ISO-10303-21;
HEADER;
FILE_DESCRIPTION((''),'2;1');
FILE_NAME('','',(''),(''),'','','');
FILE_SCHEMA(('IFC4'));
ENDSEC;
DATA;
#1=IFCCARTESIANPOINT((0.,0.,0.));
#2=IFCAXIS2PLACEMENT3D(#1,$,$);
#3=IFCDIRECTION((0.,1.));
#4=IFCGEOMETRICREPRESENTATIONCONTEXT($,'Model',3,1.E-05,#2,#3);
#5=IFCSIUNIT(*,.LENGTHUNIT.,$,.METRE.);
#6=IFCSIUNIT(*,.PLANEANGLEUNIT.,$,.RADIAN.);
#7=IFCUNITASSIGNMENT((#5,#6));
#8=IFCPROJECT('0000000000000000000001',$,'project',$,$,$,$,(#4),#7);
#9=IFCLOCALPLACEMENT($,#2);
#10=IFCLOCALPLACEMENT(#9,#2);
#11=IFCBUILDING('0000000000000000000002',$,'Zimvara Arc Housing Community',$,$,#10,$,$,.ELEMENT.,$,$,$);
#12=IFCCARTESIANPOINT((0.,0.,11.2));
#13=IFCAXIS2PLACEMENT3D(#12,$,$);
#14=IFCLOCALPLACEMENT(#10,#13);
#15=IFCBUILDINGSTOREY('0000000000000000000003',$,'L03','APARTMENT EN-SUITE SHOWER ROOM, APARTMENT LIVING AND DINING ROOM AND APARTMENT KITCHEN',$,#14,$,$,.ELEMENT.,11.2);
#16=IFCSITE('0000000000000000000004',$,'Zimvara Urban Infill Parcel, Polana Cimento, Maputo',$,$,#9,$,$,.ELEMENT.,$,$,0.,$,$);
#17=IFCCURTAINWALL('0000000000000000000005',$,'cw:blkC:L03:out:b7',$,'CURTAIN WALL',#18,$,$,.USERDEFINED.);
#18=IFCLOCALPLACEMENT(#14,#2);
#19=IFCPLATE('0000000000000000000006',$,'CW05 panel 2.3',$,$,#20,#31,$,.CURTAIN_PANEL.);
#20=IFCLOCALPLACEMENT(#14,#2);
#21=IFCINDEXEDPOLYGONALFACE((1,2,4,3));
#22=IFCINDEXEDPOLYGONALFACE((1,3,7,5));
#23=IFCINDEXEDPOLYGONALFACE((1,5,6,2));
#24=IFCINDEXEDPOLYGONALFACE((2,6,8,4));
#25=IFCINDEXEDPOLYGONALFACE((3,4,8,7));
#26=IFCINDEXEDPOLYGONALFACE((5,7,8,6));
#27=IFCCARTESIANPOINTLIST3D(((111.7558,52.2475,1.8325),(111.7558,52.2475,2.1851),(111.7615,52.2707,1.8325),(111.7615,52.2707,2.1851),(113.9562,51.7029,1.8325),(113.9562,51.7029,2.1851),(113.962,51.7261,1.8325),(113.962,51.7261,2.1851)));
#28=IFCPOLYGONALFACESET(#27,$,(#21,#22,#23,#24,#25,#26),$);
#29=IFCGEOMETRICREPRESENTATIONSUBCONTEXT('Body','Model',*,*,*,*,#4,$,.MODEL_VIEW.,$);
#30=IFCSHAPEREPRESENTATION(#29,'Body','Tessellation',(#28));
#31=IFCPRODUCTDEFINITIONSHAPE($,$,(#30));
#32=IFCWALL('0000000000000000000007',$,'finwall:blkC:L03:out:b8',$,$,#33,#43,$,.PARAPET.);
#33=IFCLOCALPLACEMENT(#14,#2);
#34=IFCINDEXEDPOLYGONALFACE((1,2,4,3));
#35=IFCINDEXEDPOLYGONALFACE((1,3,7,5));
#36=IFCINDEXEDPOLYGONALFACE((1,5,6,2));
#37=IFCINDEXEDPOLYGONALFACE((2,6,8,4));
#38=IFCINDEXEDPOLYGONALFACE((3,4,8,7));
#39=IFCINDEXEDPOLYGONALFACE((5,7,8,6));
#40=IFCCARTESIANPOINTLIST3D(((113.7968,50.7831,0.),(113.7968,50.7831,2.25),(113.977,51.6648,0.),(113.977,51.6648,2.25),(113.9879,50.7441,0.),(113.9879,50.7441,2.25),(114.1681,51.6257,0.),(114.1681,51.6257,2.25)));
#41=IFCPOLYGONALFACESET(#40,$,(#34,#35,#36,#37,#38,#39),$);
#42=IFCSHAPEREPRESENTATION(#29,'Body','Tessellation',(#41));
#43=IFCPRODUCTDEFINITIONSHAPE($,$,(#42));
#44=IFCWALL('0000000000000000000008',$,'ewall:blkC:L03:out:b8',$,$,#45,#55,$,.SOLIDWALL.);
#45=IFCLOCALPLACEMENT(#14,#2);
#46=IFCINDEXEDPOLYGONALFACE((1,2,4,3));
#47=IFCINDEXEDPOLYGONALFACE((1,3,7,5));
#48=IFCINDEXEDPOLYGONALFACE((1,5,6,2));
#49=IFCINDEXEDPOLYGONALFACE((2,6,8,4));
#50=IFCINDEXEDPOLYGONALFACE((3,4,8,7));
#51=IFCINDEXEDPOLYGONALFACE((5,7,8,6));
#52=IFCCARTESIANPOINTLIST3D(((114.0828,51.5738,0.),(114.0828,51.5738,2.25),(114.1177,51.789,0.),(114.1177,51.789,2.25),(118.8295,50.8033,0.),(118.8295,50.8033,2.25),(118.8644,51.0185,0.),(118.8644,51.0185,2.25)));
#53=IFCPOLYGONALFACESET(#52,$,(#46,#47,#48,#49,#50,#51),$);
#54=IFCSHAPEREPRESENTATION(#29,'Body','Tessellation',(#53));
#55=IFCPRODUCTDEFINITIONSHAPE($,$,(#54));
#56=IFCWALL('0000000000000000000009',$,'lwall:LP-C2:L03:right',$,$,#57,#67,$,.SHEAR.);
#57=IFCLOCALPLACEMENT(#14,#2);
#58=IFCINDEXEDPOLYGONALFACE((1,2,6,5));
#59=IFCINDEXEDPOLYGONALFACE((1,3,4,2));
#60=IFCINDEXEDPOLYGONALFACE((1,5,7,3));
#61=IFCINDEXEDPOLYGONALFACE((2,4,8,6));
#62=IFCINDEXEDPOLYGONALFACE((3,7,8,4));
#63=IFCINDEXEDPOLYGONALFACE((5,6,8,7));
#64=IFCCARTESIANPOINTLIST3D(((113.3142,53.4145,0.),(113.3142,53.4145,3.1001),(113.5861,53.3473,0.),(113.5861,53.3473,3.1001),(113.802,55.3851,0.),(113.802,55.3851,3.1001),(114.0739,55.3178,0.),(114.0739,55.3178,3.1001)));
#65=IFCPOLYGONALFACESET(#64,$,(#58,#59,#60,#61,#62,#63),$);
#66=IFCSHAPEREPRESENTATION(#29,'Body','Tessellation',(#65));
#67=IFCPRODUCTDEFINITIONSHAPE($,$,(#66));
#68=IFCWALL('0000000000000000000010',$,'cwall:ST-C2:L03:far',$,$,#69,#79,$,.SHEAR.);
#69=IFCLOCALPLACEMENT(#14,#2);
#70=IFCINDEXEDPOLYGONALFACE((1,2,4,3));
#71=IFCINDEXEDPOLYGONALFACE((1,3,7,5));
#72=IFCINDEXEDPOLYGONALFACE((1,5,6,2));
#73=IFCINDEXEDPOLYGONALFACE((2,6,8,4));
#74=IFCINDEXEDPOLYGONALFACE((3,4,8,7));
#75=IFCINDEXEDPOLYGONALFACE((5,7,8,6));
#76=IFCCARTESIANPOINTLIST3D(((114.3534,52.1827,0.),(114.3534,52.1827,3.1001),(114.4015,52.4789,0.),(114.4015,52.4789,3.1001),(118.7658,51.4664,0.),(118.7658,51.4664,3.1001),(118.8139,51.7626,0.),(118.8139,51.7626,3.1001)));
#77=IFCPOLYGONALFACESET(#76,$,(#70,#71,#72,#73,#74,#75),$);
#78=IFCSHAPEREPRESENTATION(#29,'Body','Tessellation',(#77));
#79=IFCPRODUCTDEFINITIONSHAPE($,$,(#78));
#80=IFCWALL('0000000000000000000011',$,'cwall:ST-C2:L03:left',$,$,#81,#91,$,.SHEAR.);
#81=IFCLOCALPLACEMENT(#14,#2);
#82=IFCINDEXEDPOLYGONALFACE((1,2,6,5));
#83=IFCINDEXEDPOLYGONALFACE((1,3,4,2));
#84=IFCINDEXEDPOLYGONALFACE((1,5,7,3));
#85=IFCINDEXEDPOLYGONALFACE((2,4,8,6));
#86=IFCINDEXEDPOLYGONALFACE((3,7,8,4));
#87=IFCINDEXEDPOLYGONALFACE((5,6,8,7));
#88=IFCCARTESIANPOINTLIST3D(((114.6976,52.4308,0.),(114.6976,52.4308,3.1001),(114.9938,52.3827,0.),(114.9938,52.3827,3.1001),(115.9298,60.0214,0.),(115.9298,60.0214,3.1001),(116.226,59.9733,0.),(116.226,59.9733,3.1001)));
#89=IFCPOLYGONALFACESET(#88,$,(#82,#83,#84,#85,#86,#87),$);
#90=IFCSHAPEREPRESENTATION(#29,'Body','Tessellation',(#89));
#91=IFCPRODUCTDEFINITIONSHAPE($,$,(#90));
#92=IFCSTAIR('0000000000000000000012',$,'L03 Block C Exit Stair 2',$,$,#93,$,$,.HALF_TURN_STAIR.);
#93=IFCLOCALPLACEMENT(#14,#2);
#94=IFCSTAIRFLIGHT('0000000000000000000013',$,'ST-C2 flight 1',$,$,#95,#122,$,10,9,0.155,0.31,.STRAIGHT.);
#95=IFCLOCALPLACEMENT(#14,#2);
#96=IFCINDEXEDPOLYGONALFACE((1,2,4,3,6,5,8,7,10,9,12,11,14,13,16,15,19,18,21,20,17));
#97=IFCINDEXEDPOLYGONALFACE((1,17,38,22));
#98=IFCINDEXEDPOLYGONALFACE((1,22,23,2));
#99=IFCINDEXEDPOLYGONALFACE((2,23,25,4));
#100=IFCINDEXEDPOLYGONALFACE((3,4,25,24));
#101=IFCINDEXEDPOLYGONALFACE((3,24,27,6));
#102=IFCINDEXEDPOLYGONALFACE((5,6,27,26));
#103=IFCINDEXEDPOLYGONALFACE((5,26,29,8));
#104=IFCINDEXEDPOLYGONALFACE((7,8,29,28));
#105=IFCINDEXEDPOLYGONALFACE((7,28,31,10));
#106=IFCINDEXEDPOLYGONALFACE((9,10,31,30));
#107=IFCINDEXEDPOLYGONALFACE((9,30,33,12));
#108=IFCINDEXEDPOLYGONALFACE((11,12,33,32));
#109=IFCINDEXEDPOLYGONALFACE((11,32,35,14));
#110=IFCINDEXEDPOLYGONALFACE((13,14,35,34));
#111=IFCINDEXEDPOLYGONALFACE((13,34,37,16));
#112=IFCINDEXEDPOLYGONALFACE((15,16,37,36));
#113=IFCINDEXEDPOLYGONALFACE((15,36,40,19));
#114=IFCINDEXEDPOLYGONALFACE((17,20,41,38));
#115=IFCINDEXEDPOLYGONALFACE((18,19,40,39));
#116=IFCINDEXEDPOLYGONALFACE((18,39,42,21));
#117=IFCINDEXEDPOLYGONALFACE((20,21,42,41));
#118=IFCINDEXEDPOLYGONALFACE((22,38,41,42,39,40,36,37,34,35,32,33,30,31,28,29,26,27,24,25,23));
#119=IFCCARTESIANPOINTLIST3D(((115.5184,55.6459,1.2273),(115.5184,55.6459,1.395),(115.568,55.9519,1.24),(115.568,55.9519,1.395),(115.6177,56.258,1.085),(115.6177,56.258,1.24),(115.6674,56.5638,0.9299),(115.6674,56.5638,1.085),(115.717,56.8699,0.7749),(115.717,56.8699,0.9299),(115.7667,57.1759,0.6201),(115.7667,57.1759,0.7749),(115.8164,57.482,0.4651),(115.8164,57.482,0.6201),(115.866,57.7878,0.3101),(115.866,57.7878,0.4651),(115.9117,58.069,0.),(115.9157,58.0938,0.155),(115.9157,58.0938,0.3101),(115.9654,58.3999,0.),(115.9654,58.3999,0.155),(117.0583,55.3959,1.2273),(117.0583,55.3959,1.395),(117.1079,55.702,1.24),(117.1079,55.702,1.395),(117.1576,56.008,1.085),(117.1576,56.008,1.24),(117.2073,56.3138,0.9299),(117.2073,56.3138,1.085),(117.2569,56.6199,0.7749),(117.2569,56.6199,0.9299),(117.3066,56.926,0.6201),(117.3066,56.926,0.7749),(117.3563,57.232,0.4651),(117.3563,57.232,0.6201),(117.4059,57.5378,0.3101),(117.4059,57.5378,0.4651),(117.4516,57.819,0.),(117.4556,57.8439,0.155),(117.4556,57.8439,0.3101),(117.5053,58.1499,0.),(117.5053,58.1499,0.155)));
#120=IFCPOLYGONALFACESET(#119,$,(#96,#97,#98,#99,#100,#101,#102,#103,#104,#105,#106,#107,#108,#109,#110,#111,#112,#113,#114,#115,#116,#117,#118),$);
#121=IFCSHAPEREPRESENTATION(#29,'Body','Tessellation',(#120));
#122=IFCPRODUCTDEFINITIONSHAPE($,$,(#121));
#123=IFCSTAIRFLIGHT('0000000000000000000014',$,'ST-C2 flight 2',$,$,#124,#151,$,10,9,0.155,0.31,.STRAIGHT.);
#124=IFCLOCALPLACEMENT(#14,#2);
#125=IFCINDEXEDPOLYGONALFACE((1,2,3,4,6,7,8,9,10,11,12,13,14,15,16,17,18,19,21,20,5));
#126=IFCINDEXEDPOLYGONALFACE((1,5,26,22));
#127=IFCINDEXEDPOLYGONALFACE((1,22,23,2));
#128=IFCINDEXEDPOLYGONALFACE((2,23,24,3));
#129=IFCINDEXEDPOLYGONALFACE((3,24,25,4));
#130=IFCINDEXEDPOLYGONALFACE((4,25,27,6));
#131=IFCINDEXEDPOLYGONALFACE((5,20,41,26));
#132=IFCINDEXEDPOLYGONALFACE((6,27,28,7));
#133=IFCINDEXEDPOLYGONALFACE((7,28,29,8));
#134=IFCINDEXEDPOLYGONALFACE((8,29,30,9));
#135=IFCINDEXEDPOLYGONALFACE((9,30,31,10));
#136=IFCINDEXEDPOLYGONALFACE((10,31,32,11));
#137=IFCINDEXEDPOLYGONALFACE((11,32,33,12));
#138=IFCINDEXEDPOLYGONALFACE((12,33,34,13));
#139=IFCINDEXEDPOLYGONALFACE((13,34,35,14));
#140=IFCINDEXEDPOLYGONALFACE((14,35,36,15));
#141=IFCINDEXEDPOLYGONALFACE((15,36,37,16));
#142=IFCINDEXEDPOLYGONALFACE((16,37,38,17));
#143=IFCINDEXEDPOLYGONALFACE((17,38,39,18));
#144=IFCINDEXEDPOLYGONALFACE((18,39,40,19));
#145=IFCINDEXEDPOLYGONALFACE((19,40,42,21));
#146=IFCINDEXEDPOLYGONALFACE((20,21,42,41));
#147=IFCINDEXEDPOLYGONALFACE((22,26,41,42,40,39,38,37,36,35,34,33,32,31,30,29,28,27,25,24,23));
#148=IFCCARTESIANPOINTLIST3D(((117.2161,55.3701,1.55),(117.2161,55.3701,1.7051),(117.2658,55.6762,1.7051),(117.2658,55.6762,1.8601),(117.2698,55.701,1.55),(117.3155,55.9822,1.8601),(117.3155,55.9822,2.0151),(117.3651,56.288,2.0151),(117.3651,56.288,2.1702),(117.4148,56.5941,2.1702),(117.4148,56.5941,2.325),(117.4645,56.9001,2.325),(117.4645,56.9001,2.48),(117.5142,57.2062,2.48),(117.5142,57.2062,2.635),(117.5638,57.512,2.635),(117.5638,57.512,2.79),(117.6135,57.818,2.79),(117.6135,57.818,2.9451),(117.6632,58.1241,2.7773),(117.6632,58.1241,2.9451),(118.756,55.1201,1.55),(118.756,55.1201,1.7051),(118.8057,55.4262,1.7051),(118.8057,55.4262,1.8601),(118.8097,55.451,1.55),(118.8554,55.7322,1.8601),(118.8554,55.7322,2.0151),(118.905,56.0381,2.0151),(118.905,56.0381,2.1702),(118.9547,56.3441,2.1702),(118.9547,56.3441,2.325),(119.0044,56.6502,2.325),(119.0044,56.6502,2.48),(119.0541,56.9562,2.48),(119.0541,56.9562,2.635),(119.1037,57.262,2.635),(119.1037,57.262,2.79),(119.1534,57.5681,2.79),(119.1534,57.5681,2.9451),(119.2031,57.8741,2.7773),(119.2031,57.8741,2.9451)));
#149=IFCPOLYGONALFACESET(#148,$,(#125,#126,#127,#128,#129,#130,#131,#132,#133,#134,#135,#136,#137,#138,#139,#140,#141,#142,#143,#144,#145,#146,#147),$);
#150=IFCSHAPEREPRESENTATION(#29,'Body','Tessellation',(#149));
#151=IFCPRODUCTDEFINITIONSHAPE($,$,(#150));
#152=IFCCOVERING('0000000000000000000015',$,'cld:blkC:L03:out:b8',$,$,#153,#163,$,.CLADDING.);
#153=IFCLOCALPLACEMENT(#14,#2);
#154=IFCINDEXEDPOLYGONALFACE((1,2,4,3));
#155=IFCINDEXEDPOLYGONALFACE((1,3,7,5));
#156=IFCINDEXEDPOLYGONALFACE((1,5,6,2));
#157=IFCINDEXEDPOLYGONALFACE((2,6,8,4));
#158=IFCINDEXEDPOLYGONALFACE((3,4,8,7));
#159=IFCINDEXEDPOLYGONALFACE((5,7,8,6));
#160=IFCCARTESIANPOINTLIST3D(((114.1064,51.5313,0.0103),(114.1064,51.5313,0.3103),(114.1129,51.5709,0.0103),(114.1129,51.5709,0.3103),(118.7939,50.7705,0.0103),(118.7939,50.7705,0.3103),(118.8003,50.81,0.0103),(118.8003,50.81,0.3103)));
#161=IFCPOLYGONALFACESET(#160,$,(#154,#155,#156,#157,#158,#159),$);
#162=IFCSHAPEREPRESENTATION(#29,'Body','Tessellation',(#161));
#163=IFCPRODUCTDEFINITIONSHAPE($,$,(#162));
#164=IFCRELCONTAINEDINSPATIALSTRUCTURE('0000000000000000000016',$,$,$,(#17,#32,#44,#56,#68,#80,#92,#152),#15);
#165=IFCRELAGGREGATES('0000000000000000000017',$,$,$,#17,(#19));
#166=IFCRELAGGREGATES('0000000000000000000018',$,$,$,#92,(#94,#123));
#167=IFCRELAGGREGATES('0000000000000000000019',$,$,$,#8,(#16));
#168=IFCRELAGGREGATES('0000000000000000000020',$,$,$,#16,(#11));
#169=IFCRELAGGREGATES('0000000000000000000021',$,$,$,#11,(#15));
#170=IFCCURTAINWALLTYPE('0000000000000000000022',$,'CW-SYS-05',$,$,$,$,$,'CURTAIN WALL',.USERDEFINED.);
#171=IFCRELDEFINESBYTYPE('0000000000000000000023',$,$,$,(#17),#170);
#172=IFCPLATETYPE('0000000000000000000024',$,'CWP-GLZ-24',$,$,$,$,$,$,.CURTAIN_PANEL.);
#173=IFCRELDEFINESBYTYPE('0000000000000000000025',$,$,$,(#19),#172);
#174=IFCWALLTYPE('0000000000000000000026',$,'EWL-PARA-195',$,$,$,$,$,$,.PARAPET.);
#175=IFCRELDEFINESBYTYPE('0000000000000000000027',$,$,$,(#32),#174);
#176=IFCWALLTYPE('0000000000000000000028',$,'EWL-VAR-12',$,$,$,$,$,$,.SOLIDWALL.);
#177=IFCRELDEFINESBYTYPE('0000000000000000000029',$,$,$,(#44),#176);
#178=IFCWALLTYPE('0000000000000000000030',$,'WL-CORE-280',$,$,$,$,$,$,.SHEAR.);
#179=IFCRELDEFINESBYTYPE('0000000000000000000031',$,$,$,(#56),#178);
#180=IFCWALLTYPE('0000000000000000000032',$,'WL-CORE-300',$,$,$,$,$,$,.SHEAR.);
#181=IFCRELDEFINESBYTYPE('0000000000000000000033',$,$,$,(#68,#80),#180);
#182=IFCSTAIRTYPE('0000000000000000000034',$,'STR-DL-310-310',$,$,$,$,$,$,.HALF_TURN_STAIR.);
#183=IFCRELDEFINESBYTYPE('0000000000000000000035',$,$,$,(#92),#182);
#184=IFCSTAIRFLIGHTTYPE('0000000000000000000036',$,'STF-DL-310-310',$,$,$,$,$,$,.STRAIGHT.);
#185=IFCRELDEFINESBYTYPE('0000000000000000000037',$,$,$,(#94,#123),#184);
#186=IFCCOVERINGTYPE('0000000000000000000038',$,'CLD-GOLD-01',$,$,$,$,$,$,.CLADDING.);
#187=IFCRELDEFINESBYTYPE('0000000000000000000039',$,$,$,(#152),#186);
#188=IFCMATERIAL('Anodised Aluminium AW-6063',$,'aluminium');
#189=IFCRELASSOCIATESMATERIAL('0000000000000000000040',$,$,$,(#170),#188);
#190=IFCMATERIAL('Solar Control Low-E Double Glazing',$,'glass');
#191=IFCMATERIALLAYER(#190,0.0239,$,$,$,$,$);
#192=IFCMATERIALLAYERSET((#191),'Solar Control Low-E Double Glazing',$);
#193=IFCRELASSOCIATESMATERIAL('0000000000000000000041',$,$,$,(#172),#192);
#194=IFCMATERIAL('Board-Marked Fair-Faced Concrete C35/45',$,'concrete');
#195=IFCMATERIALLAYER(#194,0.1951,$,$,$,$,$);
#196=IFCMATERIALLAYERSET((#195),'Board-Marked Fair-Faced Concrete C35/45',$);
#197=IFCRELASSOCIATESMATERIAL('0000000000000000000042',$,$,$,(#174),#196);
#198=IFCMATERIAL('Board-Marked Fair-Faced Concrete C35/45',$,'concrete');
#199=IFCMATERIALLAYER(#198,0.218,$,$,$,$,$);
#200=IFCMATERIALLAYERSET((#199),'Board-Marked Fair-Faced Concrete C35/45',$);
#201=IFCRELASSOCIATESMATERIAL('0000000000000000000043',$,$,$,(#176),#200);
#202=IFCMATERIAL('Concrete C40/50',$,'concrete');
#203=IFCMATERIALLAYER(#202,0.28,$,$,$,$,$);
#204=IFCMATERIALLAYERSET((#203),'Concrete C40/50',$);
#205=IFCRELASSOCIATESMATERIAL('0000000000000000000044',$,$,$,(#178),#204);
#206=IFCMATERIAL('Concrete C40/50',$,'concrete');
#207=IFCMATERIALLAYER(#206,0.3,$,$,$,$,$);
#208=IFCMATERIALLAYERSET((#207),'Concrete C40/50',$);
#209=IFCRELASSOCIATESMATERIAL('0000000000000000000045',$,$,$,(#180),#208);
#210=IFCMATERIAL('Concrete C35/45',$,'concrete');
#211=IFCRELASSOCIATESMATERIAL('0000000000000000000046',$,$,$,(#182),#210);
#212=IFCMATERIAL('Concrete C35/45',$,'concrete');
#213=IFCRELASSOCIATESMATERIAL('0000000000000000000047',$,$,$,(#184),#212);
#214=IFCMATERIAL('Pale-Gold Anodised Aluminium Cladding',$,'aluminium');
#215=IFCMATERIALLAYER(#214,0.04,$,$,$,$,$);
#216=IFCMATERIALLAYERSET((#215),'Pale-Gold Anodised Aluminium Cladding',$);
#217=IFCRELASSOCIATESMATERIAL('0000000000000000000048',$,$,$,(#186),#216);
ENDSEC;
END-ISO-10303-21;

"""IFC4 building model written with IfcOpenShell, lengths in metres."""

from ifc_helpers import new_model, si_unit, direction, frame, frame_2d, origin, origin_2d, place, context, subcontext, project, spatial, polyline, rectangle, outline, extrude, material, layer, layer_set, type_object, element, aggregate, save


model = new_model("IFC4")

# Units and contexts
model_context = context("Model", 3, precision=1e-05, world=origin(), true_north=direction((0.0, 1.0)))
body_context = subcontext(model_context, "Body", "Model", "MODEL_VIEW")
ifc_project = project(units=[si_unit("LENGTHUNIT", "METRE"), si_unit("PLANEANGLEUNIT", "RADIAN")], contexts=[model_context])

# Site, building, storey
site_placement = place(None, origin())
site = spatial("IfcSite", under=ifc_project, at=site_placement, Name="Zimvara Urban Infill Parcel, Polana Cimento, Maputo", CompositionType="ELEMENT", RefElevation=0.0)
building_placement = place(site_placement, origin())
building = spatial("IfcBuilding", under=site, at=building_placement, Name="Zimvara Arc Housing Community", CompositionType="ELEMENT")
storey_placement = place(building_placement, frame((0.0, 0.0, 11.2)))
storey = spatial("IfcBuildingStorey", under=building, at=storey_placement, Name="L03", Description="APARTMENT EN-SUITE SHOWER ROOM, APARTMENT LIVING AND DINING ROOM AND APARTMENT KITCHEN", CompositionType="ELEMENT", Elevation=11.2)

# Curtain wall
ifc_material_1 = material(Name="Anodised Aluminium AW-6063", Category="aluminium")
curtain_wall_type_1 = type_object("IfcCurtainWallType", Name="CW-SYS-05", ElementType="CURTAIN WALL", PredefinedType="USERDEFINED", material=ifc_material_1)
curtain_wall_1_placement = place(storey_placement, origin())
curtain_wall_1 = element("IfcCurtainWall", 1, at=curtain_wall_1_placement, inside=storey, type_object=curtain_wall_type_1, Name="cw:blkC:L03:out:b7", ObjectType="CURTAIN WALL", PredefinedType="USERDEFINED")

# Plate
ifc_material_2 = material(Name="Solar Control Low-E Double Glazing", Category="glass")
ifc_layer_1 = layer(ifc_material_2, 0.0239)
ifc_layer_set_1 = layer_set([ifc_layer_1], Name="Solar Control Low-E Double Glazing")
plate_type = type_object("IfcPlateType", Name="CWP-GLZ-24", PredefinedType="CURTAIN_PANEL", material=ifc_layer_set_1)
plate_1_placement = place(storey_placement, frame((112.8589, 51.9868, 1.8325), z_axis=(0.0, 0.0, 1.0), x_axis=(0.970716, -0.24023, 0.0)))
plate_1 = element("IfcPlate", 2, at=plate_1_placement, type_object=plate_type, Name="CW05 panel 2.3", PredefinedType="CURTAIN_PANEL", context=body_context, shape_type="SweptSolid", body=[
    extrude(rectangle(XDim=2.2668, YDim=0.0239, at=origin_2d()), origin(), (0.0, 0.0, 1.0), 0.3525),
])
aggregate(curtain_wall_1, [plate_1])

# Walls
ifc_material_3 = material(Name="Board-Marked Fair-Faced Concrete C35/45", Category="concrete")
ifc_layer_2 = layer(ifc_material_3, 0.1951)
ifc_layer_set_2 = layer_set([ifc_layer_2], Name="Board-Marked Fair-Faced Concrete C35/45")
wall_type_1 = type_object("IfcWallType", Name="EWL-PARA-195", PredefinedType="PARAPET", material=ifc_layer_set_2)
wall_1_placement = place(storey_placement, frame((114.0725, 51.6453, 0.0), z_axis=(0.0, 0.0, 1.0), x_axis=(-0.200236, -0.979748, 0.0)))
element("IfcWall", 3, at=wall_1_placement, inside=storey, type_object=wall_type_1, Name="finwall:blkC:L03:out:b8", PredefinedType="PARAPET", context=body_context, shape_type="SweptSolid", body=[
    extrude(rectangle(XDim=0.8999, YDim=0.1951, at=frame_2d((0.45, 0.0))), origin(), (0.0, 0.0, 1.0), 2.25),
])
ifc_material_4 = material(Name="Board-Marked Fair-Faced Concrete C35/45", Category="concrete")
ifc_layer_3 = layer(ifc_material_4, 0.218)
ifc_layer_set_3 = layer_set([ifc_layer_3], Name="Board-Marked Fair-Faced Concrete C35/45")
wall_type_2 = type_object("IfcWallType", Name="EWL-VAR-12", PredefinedType="SOLIDWALL", material=ifc_layer_set_3)
wall_2_placement = place(storey_placement, frame((114.1003, 51.6814, 0.0), z_axis=(0.0, 0.0, 1.0), x_axis=(0.987081, -0.160224, 0.0)))
element("IfcWall", 4, at=wall_2_placement, inside=storey, type_object=wall_type_2, Name="ewall:blkC:L03:out:b8", PredefinedType="SOLIDWALL", context=body_context, shape_type="SweptSolid", body=[
    extrude(rectangle(XDim=4.8088, YDim=0.218, at=frame_2d((2.4043, 0.0))), origin(), (0.0, 0.0, 1.0), 2.25),
])
ifc_material_5 = material(Name="Concrete C40/50", Category="concrete")
ifc_layer_4 = layer(ifc_material_5, 0.28)
ifc_layer_set_4 = layer_set([ifc_layer_4], Name="Concrete C40/50")
wall_type_3 = type_object("IfcWallType", Name="WL-CORE-280", PredefinedType="SHEAR", material=ifc_layer_set_4)
wall_3_placement = place(storey_placement, frame((113.938, 55.3516, 0.0), z_axis=(0.0, 0.0, 1.0), x_axis=(-0.240299, -0.970699, 0.0)))
element("IfcWall", 5, at=wall_3_placement, inside=storey, type_object=wall_type_3, Name="lwall:LP-C2:L03:right", PredefinedType="SHEAR", context=body_context, shape_type="SweptSolid", body=[
    extrude(rectangle(XDim=2.03, YDim=0.28, at=frame_2d((1.0151, 0.0))), origin(), (0.0, 0.0, 1.0), 3.1001),
])

# Shared definitions
ifc_material_6 = material(Name="Concrete C40/50", Category="concrete")
ifc_layer_5 = layer(ifc_material_6, 0.3)
ifc_layer_set_5 = layer_set([ifc_layer_5], Name="Concrete C40/50")
wall_type_4 = type_object("IfcWallType", Name="WL-CORE-300", PredefinedType="SHEAR", material=ifc_layer_set_5)

# Walls
wall_4_placement = place(storey_placement, frame((114.3774, 52.3308, 0.0), z_axis=(0.0, 0.0, 1.0), x_axis=(0.987077, -0.160244, 0.0)))
element("IfcWall", 6, at=wall_4_placement, inside=storey, type_object=wall_type_4, Name="cwall:ST-C2:L03:far", PredefinedType="SHEAR", context=body_context, shape_type="SweptSolid", body=[
    extrude(rectangle(XDim=4.4702, YDim=0.3, at=frame_2d((2.2351, 0.0))), origin(), (0.0, 0.0, 1.0), 3.1001),
])
wall_5_placement = place(storey_placement, frame((116.0779, 59.9973, 0.0), z_axis=(0.0, 0.0, 1.0), x_axis=(-0.160233, -0.987079, 0.0)))
element("IfcWall", 7, at=wall_5_placement, inside=storey, type_object=wall_type_4, Name="cwall:ST-C2:L03:left", PredefinedType="SHEAR", context=body_context, shape_type="SweptSolid", body=[
    extrude(rectangle(XDim=7.6899, YDim=0.3, at=frame_2d((3.845, 0.0))), origin(), (0.0, 0.0, 1.0), 3.1001),
])

# Stair, stair flights
ifc_material_7 = material(Name="Concrete C35/45", Category="concrete")
stair_type = type_object("IfcStairType", Name="STR-DL-310-310", PredefinedType="HALF_TURN_STAIR", material=ifc_material_7)
stair_placement = place(storey_placement, origin())
stair = element("IfcStair", 8, at=stair_placement, inside=storey, type_object=stair_type, Name="L03 Block C Exit Stair 2", PredefinedType="HALF_TURN_STAIR")
ifc_material_8 = material(Name="Concrete C35/45", Category="concrete")
stair_flight_type = type_object("IfcStairFlightType", Name="STF-DL-310-310", PredefinedType="STRAIGHT", material=ifc_material_8)
stair_flight_1_placement = place(storey_placement, frame((116.7354, 58.2749, 0.0), z_axis=(0.0, 0.0, 1.0), x_axis=(-0.160226, -0.98708, 0.0)))
stair_flight_1 = element("IfcStairFlight", 9, at=stair_flight_1_placement, type_object=stair_flight_type, Name="ST-C2 flight 1", NumberOfRisers=10, NumberOfTreads=9, PredefinedType="STRAIGHT", RiserHeight=0.155, TreadLength=0.31, context=body_context, shape_type="SweptSolid", body=[
    extrude(outline(polyline([(0.0, 0.0), (0.0, 0.155), (0.3101, 0.155), (0.3101, 0.3101), (0.6201, 0.3101), (0.6201, 0.4651), (0.9299, 0.4651), (0.9299, 0.6201), (1.24, 0.6201), (1.24, 0.7749), (1.55, 0.7749), (1.55, 0.9299), (1.8601, 0.9299), (1.8601, 1.085), (2.1699, 1.085), (2.1699, 1.24), (2.48, 1.24), (2.48, 1.395), (2.79, 1.395), (2.79, 1.55), (2.79, 1.2273), (0.3352, 0.0), (0.0, 0.0)])), frame((0.0, 0.78, 0.0), z_axis=(0.0, -1.0, 0.0), x_axis=(1.0, 0.0, 0.0)), (0.0, 0.0, 1.0), 1.5601),
])
stair_flight_2_placement = place(storey_placement, frame((117.9861, 55.2451, 1.55), z_axis=(0.0, 0.0, 1.0), x_axis=(0.160226, 0.98708, 0.0)))
stair_flight_2 = element("IfcStairFlight", 10, at=stair_flight_2_placement, type_object=stair_flight_type, Name="ST-C2 flight 2", NumberOfRisers=10, NumberOfTreads=9, PredefinedType="STRAIGHT", RiserHeight=0.155, TreadLength=0.31, context=body_context, shape_type="SweptSolid", body=[
    extrude(outline(polyline([(0.0, 0.0), (0.0, 0.155), (0.3101, 0.155), (0.3101, 0.3101), (0.6201, 0.3101), (0.6201, 0.4651), (0.9299, 0.4651), (0.9299, 0.6201), (1.24, 0.6201), (1.24, 0.7749), (1.55, 0.7749), (1.55, 0.9299), (1.8601, 0.9299), (1.8601, 1.085), (2.1699, 1.085), (2.1699, 1.24), (2.48, 1.24), (2.48, 1.395), (2.79, 1.395), (2.79, 1.55), (2.79, 1.2273), (0.3352, 0.0), (0.0, 0.0)])), frame((0.0, 0.78, 0.0), z_axis=(0.0, -1.0, 0.0), x_axis=(1.0, 0.0, 0.0)), (0.0, 0.0, 1.0), 1.5601),
])
aggregate(stair, [stair_flight_1, stair_flight_2])

# Covering
ifc_material_9 = material(Name="Pale-Gold Anodised Aluminium Cladding", Category="aluminium")
ifc_layer_6 = layer(ifc_material_9, 0.04)
ifc_layer_set_6 = layer_set([ifc_layer_6], Name="Pale-Gold Anodised Aluminium Cladding")
covering_type = type_object("IfcCoveringType", Name="CLD-GOLD-01", PredefinedType="CLADDING", material=ifc_layer_set_6)
covering_placement = place(storey_placement, frame((116.4534, 51.1707, 0.0103), z_axis=(0.0, 0.0, 1.0), x_axis=(0.98708, -0.160226, 0.0)))
element("IfcCovering", 11, at=covering_placement, inside=storey, type_object=covering_type, Name="cld:blkC:L03:out:b8", PredefinedType="CLADDING", context=body_context, shape_type="SweptSolid", body=[
    extrude(rectangle(XDim=4.7488, YDim=0.04, at=origin_2d()), origin(), (0.0, 0.0, 1.0), 0.3),
])

save(model, "model.ifc")
